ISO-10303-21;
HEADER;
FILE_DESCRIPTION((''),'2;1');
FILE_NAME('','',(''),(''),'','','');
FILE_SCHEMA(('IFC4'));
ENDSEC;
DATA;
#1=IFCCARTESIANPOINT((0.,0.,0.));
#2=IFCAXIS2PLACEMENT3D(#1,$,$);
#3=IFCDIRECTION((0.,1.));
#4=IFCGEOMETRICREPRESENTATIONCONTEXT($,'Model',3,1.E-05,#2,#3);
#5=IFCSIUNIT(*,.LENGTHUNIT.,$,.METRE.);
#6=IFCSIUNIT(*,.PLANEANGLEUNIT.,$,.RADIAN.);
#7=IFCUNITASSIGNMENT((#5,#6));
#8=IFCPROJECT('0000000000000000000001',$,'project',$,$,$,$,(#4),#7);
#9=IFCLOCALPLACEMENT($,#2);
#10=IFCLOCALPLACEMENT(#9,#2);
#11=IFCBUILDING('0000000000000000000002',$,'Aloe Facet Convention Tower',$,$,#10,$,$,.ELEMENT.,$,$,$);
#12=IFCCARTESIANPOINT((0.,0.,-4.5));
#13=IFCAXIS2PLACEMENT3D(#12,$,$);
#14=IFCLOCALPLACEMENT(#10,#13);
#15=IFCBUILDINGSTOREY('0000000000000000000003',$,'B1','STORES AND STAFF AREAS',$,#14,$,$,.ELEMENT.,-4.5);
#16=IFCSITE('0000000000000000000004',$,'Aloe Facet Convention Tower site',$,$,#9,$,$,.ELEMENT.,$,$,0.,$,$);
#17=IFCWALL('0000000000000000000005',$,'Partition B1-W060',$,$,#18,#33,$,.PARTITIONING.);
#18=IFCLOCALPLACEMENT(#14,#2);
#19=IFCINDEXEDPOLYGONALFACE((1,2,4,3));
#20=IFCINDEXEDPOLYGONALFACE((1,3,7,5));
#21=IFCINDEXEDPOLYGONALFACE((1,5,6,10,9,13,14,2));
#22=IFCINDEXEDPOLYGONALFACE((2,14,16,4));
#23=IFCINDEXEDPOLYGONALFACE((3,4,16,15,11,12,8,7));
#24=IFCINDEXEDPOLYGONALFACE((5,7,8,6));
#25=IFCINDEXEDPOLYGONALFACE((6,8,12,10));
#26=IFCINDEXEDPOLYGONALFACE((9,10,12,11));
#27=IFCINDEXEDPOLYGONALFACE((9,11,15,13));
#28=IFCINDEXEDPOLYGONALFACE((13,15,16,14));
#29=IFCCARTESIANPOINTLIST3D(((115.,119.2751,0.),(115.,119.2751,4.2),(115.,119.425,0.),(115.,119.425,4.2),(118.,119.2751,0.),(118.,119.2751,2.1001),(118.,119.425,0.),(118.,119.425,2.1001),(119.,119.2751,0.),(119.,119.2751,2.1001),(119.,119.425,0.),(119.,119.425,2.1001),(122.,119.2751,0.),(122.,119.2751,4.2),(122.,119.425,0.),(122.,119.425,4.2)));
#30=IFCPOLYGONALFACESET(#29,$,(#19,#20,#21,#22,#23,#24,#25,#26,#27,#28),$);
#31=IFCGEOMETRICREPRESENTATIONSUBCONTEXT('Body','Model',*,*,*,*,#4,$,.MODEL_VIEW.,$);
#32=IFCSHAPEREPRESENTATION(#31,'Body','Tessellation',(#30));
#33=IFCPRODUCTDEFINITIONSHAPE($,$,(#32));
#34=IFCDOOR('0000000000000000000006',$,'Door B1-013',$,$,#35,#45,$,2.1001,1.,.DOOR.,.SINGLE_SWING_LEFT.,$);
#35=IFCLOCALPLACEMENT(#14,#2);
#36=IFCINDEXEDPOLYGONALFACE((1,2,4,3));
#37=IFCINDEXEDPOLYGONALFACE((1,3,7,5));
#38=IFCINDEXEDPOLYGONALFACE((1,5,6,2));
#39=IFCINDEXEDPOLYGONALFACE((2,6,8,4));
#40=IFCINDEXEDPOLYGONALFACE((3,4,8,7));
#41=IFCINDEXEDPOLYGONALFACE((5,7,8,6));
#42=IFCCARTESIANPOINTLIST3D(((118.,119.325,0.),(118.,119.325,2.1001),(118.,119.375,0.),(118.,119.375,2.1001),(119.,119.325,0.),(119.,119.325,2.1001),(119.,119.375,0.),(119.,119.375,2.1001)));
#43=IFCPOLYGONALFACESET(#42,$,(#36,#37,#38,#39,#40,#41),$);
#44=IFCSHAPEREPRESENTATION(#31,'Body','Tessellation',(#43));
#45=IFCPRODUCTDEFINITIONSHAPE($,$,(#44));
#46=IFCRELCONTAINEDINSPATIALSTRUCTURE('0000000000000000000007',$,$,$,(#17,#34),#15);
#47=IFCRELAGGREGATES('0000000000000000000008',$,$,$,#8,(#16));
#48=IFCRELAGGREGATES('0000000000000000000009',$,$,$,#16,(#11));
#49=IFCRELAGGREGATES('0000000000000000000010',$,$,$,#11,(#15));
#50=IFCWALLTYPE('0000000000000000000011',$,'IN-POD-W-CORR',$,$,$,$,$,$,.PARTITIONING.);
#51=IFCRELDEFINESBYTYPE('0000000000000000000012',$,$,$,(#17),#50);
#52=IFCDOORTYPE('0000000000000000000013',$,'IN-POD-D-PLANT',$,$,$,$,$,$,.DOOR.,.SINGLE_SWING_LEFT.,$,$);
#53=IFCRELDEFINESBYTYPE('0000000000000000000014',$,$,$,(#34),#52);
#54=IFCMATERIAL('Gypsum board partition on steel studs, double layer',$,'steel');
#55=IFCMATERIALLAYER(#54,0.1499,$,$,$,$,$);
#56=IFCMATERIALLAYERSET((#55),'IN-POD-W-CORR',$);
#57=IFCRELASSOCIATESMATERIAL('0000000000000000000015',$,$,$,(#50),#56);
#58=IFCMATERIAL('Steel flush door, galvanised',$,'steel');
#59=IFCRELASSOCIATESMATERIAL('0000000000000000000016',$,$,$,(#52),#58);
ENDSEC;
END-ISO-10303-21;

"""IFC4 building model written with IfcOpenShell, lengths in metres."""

from ifc_helpers import new_model, si_unit, direction, frame, frame_2d, origin, place, context, subcontext, project, spatial, rectangle, extrude, material, layer, layer_set, type_object, element, fill, save


model = new_model("IFC4")

# Units and contexts
model_context = context("Model", 3, precision=1e-05, world=origin(), true_north=direction((0.0, 1.0)))
body_context = subcontext(model_context, "Body", "Model", "MODEL_VIEW")
ifc_project = project(units=[si_unit("LENGTHUNIT", "METRE"), si_unit("PLANEANGLEUNIT", "RADIAN")], contexts=[model_context])

# Site, building, storey
site_placement = place(None, origin())
site = spatial("IfcSite", under=ifc_project, at=site_placement, Name="Aloe Facet Convention Tower site", CompositionType="ELEMENT", RefElevation=0.0)
building_placement = place(site_placement, origin())
building = spatial("IfcBuilding", under=site, at=building_placement, Name="Aloe Facet Convention Tower", CompositionType="ELEMENT")
storey_placement = place(building_placement, frame((0.0, 0.0, -4.5)))
storey = spatial("IfcBuildingStorey", under=building, at=storey_placement, Name="B1", Description="STORES AND STAFF AREAS", CompositionType="ELEMENT", Elevation=-4.5)

# Shared definitions
ifc_material_1 = material(Name="Gypsum board partition on steel studs, double layer", Category="steel")
ifc_layer = layer(ifc_material_1, 0.1499)
ifc_layer_set = layer_set([ifc_layer], Name="IN-POD-W-CORR")
wall_type = type_object("IfcWallType", Name="IN-POD-W-CORR", PredefinedType="PARTITIONING", material=ifc_layer_set)

# Wall, opening, door
wall_1_placement = place(storey_placement, frame((115.0, 119.3501, 0.0), z_axis=(0.0, 0.0, 1.0), x_axis=(1.0, 0.0, 0.0)))
wall_1 = element("IfcWall", 1, at=wall_1_placement, inside=storey, type_object=wall_type, Name="Partition B1-W060", PredefinedType="PARTITIONING", context=body_context, shape_type="SweptSolid", body=[
    extrude(rectangle(XDim=7.0, YDim=0.1499, at=frame_2d((3.5, 0.0))), origin(), (0.0, 0.0, 1.0), 4.2),
])
opening_placement = place(wall_1_placement, frame((3.0, 0.0, 0.0)))
opening = element("IfcOpeningElement", 2, at=opening_placement, cuts=wall_1, PredefinedType="OPENING", context=body_context, shape_type="SweptSolid", body=[
    extrude(rectangle(XDim=1.0, YDim=2.1001, at=frame_2d((0.5, 1.05))), frame((0.0, 0.085, 0.0), z_axis=(0.0, -1.0, 0.0), x_axis=(1.0, 0.0, 0.0)), (0.0, 0.0, 1.0), 0.1699),
])
ifc_material_2 = material(Name="Steel flush door, galvanised", Category="steel")
door_type = type_object("IfcDoorType", Name="IN-POD-D-PLANT", OperationType="SINGLE_SWING_LEFT", PredefinedType="DOOR", material=ifc_material_2)
door_placement = place(opening_placement, origin())
door = element("IfcDoor", 3, at=door_placement, inside=storey, type_object=door_type, Name="Door B1-013", OperationType="SINGLE_SWING_LEFT", OverallHeight=2.1001, OverallWidth=1.0, PredefinedType="DOOR", context=body_context, shape_type="SweptSolid", body=[
    extrude(rectangle(XDim=1.0, YDim=2.1001, at=frame_2d((0.5, 1.05))), frame((0.0, 0.0249, 0.0), z_axis=(0.0, -1.0, 0.0), x_axis=(1.0, 0.0, 0.0)), (0.0, 0.0, 1.0), 0.05),
])
fill(opening, door)

save(model, "model.ifc")
